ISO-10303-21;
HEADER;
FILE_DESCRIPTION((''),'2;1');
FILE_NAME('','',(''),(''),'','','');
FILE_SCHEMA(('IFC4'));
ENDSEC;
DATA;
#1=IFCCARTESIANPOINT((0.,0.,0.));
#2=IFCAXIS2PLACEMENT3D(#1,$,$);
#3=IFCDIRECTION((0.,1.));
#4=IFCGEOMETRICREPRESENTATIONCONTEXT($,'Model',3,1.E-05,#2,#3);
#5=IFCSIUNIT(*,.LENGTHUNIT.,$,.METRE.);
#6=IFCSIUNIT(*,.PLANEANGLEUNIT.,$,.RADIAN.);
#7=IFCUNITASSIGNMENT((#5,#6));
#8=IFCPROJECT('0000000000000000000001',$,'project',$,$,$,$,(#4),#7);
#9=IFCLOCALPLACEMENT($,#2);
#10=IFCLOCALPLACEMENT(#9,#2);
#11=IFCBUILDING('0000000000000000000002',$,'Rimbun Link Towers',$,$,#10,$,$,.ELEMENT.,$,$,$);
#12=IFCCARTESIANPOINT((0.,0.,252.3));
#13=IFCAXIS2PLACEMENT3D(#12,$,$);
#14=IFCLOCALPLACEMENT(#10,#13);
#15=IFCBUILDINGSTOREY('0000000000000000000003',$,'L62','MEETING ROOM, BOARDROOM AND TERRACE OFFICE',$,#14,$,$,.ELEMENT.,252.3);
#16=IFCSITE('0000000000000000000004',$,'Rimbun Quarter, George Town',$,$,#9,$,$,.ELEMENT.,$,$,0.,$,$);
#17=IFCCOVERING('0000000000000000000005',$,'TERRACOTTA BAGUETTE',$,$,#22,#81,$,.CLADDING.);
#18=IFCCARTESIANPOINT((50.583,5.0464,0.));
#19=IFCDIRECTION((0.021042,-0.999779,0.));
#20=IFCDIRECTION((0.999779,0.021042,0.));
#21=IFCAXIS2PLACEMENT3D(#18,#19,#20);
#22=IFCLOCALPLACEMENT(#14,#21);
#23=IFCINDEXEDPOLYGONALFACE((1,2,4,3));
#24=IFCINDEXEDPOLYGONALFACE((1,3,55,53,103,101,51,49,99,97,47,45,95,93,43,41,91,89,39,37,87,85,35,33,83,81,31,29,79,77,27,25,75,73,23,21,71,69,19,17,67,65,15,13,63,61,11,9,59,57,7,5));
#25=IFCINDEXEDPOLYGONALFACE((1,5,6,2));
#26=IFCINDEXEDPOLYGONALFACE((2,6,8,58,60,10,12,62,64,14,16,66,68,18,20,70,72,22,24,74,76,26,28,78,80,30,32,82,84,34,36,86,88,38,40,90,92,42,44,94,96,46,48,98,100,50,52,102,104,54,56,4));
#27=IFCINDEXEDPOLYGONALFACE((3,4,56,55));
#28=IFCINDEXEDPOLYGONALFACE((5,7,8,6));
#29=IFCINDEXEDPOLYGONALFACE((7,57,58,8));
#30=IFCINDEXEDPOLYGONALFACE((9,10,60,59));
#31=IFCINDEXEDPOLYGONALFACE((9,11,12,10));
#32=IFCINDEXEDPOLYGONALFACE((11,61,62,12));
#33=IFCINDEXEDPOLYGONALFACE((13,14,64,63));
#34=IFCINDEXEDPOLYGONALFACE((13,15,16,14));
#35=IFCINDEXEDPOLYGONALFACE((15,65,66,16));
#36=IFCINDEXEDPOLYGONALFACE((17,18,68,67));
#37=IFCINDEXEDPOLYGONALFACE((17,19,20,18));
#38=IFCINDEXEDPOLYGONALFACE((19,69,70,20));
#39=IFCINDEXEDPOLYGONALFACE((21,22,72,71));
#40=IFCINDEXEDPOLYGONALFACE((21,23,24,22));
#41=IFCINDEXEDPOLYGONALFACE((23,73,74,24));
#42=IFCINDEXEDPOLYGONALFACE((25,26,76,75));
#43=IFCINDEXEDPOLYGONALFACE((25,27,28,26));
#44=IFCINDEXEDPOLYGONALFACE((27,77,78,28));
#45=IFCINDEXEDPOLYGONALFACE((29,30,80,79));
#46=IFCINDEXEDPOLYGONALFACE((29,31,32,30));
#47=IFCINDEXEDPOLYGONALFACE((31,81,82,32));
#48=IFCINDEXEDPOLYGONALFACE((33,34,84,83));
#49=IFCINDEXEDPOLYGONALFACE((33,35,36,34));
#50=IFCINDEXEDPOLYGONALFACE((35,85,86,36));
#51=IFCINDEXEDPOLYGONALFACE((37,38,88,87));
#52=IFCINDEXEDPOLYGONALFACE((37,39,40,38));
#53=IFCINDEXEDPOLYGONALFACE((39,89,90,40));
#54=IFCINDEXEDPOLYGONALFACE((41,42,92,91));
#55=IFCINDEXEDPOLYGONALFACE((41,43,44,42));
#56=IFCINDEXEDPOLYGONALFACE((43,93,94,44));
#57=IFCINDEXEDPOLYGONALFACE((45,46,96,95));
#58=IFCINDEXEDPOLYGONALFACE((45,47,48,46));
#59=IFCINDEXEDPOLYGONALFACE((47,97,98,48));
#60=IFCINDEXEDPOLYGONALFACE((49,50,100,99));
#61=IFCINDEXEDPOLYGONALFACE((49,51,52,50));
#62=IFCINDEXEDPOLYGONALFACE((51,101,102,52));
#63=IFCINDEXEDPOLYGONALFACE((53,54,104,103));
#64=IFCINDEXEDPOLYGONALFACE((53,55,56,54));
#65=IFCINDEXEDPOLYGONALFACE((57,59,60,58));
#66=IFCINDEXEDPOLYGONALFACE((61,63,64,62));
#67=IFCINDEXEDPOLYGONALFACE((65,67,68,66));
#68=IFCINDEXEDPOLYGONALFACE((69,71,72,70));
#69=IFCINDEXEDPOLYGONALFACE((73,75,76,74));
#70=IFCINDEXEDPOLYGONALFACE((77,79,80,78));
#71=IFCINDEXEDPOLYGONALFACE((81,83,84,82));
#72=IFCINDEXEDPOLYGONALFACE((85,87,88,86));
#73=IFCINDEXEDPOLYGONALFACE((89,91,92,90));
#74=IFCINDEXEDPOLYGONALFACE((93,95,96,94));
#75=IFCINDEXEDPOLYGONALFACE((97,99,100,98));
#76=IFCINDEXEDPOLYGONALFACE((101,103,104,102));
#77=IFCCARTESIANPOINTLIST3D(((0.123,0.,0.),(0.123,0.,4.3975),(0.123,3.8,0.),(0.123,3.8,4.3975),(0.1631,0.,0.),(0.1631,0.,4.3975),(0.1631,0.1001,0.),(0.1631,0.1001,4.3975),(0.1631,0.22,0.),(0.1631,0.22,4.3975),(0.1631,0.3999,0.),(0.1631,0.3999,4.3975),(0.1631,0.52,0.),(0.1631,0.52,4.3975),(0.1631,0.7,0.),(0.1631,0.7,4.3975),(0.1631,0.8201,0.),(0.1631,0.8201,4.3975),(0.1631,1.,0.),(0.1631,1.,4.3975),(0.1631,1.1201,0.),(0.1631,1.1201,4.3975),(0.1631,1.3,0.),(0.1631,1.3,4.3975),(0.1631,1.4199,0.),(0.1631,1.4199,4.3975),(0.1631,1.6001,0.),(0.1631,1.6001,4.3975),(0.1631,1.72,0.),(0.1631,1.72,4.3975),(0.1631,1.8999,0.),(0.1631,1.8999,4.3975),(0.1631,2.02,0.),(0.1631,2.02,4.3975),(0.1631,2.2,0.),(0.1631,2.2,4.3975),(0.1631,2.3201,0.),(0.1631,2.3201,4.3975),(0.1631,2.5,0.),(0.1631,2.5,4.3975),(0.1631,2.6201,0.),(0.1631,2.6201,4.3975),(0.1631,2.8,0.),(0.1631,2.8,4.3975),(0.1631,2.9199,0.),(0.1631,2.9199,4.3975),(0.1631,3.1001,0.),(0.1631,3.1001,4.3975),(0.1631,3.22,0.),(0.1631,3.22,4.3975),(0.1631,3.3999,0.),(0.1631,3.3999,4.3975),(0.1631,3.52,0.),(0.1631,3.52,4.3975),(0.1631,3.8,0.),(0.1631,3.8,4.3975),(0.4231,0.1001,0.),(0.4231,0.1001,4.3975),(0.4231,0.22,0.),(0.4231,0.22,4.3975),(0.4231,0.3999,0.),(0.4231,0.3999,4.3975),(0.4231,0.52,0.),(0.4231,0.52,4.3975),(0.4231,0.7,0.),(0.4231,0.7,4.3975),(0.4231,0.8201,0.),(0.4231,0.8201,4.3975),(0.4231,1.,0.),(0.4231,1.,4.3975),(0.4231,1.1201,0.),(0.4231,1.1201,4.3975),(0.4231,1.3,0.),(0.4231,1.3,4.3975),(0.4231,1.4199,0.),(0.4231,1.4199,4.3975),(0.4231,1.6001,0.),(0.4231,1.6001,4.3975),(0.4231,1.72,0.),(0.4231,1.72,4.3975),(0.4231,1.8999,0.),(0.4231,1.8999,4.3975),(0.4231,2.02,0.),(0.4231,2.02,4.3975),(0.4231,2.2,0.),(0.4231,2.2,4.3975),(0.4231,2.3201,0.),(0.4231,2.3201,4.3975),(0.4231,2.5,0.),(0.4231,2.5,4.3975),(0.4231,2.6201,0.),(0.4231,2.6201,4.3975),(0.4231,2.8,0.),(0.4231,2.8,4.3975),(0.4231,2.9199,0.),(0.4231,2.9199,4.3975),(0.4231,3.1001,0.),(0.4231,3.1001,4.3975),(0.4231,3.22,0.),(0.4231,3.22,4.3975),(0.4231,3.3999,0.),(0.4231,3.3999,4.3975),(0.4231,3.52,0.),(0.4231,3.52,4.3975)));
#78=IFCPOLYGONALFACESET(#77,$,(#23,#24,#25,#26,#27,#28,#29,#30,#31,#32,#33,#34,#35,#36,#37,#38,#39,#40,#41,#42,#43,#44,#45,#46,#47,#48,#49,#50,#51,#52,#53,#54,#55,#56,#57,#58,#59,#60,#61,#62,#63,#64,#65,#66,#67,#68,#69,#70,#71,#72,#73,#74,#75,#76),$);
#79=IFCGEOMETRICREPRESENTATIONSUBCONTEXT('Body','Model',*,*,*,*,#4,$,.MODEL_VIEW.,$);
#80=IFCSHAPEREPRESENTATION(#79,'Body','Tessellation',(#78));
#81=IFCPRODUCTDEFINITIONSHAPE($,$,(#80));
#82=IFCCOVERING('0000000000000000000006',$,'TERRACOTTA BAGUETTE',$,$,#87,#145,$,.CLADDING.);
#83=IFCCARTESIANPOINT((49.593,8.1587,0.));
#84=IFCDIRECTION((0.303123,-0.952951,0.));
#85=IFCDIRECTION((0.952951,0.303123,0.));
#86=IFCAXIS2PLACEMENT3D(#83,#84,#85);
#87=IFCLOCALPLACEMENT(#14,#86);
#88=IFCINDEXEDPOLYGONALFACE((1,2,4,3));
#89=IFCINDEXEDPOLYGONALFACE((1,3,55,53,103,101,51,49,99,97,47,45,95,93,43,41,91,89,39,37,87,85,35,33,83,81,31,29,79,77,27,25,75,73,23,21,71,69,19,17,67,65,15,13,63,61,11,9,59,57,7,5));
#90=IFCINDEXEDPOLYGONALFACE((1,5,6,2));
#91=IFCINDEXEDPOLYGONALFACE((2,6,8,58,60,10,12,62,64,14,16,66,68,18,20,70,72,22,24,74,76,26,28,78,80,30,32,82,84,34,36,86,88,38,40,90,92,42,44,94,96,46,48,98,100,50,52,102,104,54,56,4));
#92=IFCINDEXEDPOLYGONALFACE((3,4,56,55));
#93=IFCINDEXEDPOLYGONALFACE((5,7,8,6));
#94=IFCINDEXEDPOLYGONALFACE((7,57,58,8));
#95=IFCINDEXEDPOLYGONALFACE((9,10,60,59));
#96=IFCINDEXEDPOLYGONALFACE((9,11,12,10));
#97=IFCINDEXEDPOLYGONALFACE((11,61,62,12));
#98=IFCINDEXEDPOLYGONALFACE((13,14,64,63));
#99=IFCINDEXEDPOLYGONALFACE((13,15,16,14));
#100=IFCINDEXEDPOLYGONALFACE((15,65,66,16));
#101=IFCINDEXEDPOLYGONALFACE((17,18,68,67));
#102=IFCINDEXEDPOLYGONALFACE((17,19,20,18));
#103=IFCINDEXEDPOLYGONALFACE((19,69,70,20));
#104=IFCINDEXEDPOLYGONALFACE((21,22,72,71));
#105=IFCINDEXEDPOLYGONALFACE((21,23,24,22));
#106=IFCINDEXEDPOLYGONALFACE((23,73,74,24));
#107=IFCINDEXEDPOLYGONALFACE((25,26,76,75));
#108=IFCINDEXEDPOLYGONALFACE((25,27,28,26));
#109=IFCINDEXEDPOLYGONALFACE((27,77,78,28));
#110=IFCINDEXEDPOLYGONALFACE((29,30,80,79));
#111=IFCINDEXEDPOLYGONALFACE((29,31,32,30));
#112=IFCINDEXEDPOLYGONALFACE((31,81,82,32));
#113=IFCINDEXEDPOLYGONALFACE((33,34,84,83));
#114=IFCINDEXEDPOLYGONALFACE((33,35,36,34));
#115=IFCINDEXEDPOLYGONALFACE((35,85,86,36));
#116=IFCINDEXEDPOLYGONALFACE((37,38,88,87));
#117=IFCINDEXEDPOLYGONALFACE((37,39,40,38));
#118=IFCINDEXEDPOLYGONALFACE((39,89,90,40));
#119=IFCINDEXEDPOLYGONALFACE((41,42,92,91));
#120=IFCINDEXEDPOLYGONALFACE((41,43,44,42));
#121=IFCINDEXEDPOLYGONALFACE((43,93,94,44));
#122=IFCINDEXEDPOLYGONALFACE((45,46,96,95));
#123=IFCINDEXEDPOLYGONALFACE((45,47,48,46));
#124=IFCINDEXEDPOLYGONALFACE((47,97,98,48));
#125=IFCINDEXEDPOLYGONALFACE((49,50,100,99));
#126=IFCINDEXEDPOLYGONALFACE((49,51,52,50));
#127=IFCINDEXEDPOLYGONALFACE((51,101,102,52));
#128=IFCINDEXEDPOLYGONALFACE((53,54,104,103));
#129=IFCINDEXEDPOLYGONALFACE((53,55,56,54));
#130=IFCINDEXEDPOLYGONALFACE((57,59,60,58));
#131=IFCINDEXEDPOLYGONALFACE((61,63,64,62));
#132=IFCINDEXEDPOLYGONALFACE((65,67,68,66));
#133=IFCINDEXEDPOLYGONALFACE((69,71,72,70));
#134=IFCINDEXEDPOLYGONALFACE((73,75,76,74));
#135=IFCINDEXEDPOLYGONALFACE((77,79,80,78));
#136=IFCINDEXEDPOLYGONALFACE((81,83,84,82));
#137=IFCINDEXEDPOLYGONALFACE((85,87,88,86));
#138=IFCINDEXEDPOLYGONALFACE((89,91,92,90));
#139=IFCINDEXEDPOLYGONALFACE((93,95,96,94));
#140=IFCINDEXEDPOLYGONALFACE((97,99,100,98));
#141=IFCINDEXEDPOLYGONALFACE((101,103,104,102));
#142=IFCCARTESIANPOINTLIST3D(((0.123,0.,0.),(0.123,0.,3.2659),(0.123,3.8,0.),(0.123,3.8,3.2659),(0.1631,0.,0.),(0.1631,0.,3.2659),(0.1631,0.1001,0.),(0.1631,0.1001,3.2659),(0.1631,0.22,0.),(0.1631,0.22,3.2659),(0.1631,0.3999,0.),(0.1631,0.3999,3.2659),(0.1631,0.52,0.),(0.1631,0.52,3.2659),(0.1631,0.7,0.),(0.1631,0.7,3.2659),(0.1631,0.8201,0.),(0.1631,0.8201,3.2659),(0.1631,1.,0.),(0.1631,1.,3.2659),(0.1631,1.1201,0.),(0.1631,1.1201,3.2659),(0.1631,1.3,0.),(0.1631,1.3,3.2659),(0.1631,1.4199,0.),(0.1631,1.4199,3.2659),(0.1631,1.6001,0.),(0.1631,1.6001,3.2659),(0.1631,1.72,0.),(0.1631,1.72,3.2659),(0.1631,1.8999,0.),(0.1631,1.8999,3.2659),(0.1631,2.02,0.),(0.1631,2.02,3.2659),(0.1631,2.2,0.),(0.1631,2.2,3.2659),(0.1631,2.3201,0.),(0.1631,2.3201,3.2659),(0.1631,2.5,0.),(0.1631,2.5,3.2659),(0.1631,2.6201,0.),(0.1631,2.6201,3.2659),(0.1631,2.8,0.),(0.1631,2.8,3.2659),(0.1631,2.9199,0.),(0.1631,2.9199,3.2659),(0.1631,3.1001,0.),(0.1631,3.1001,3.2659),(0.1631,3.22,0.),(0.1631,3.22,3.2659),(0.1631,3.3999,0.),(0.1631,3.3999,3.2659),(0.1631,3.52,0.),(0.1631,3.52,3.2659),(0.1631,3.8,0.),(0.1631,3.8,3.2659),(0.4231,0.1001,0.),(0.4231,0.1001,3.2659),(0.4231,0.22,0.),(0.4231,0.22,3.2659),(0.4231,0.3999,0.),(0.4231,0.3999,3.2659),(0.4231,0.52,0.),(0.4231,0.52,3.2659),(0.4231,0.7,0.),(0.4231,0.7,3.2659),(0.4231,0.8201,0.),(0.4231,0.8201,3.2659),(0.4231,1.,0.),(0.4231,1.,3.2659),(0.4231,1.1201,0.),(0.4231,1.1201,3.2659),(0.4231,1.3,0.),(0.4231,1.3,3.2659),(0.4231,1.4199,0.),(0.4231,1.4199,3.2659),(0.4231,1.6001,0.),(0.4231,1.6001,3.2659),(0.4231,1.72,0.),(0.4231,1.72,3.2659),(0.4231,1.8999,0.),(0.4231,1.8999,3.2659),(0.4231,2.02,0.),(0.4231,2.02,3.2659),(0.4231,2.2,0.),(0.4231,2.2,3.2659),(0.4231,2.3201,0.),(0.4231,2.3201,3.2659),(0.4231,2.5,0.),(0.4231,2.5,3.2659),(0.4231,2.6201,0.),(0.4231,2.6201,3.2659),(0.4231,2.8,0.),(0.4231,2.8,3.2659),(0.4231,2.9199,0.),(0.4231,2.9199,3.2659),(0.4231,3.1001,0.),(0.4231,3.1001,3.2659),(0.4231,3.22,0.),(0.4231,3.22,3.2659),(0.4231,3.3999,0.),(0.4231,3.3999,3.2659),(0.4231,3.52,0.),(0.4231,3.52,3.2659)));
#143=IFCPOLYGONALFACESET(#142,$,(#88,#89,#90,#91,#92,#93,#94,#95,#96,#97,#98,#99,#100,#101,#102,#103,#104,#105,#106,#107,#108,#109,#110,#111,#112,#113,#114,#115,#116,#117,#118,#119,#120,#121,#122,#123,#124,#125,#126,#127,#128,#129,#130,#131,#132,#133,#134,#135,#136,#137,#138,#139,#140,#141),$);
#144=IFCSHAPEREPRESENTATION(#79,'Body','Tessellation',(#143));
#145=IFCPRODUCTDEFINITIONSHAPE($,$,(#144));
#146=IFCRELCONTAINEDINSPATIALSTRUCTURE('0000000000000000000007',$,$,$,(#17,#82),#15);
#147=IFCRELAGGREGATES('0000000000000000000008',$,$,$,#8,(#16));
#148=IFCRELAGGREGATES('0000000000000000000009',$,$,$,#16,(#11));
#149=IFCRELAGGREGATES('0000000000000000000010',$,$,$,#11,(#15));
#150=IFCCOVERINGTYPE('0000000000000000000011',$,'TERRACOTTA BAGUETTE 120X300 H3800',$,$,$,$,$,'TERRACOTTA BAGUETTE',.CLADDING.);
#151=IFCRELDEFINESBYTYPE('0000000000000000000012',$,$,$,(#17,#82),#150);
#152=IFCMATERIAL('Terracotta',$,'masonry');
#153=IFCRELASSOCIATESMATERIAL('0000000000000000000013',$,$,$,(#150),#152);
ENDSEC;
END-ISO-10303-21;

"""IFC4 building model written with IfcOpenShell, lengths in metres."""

from ifc_helpers import new_model, si_unit, direction, frame, origin, place, context, subcontext, project, spatial, polyline, outline, extrude, material, material_profile, profile_set, type_object, element, save


model = new_model("IFC4")

# Units and contexts
model_context = context("Model", 3, precision=1e-05, world=origin(), true_north=direction((0.0, 1.0)))
body_context = subcontext(model_context, "Body", "Model", "MODEL_VIEW")
ifc_project = project(units=[si_unit("LENGTHUNIT", "METRE"), si_unit("PLANEANGLEUNIT", "RADIAN")], contexts=[model_context])

# Site, building, storey
site_placement = place(None, origin())
site = spatial("IfcSite", under=ifc_project, at=site_placement, Name="Rimbun Quarter, George Town", CompositionType="ELEMENT", RefElevation=0.0)
building_placement = place(site_placement, origin())
building = spatial("IfcBuilding", under=site, at=building_placement, Name="Rimbun Link Towers", CompositionType="ELEMENT")
storey_placement = place(building_placement, frame((0.0, 0.0, 252.3)))
storey = spatial("IfcBuildingStorey", under=building, at=storey_placement, Name="L62", Description="MEETING ROOM, BOARDROOM AND TERRACE OFFICE", CompositionType="ELEMENT", Elevation=252.3)

# Coverings
ifc_material_1 = material(Name="Terracotta", Category="masonry")
ifc_material_profile_1 = material_profile(ifc_material_1, outline(polyline([(0.123, 0.0), (0.1631, 0.0), (0.1631, 0.1001), (0.4231, 0.1001), (0.4231, 0.22), (0.1631, 0.22), (0.1631, 0.3999), (0.4231, 0.3999), (0.4231, 0.52), (0.1631, 0.52), (0.1631, 0.7), (0.4231, 0.7), (0.4231, 0.8201), (0.1631, 0.8201), (0.1631, 1.0), (0.4231, 1.0), (0.4231, 1.1201), (0.1631, 1.1201), (0.1631, 1.3), (0.4231, 1.3), (0.4231, 1.4199), (0.1631, 1.4199), (0.1631, 1.6001), (0.4231, 1.6001), (0.4231, 1.72), (0.1631, 1.72), (0.1631, 1.8999), (0.4231, 1.8999), (0.4231, 2.02), (0.1631, 2.02), (0.1631, 2.2), (0.4231, 2.2), (0.4231, 2.3201), (0.1631, 2.3201), (0.1631, 2.5), (0.4231, 2.5), (0.4231, 2.6201), (0.1631, 2.6201), (0.1631, 2.8), (0.4231, 2.8), (0.4231, 2.9199), (0.1631, 2.9199), (0.1631, 3.1001), (0.4231, 3.1001), (0.4231, 3.22), (0.1631, 3.22), (0.1631, 3.3999), (0.4231, 3.3999), (0.4231, 3.52), (0.1631, 3.52), (0.1631, 3.8), (0.123, 3.8), (0.123, 0.0)])), Name="BAGUETTE 120X300")
ifc_profile_set_1 = profile_set([ifc_material_profile_1], Name="Terracotta")
covering_type = type_object("IfcCoveringType", Name="TERRACOTTA BAGUETTE 120X300 H3800", ElementType="TERRACOTTA BAGUETTE", PredefinedType="CLADDING", material=ifc_profile_set_1)
covering_1_placement = place(storey_placement, frame((50.583, 5.0464, 0.0), z_axis=(0.021042, -0.999779, 0.0), x_axis=(0.999779, 0.021042, 0.0)))
element("IfcCovering", 1, at=covering_1_placement, inside=storey, type_object=covering_type, Name="TERRACOTTA BAGUETTE", PredefinedType="CLADDING", context=body_context, shape_type="SweptSolid", body=[
    extrude(outline(polyline([(0.123, 0.0), (0.1631, 0.0), (0.1631, 0.1001), (0.4231, 0.1001), (0.4231, 0.22), (0.1631, 0.22), (0.1631, 0.3999), (0.4231, 0.3999), (0.4231, 0.52), (0.1631, 0.52), (0.1631, 0.7), (0.4231, 0.7), (0.4231, 0.8201), (0.1631, 0.8201), (0.1631, 1.0), (0.4231, 1.0), (0.4231, 1.1201), (0.1631, 1.1201), (0.1631, 1.3), (0.4231, 1.3), (0.4231, 1.4199), (0.1631, 1.4199), (0.1631, 1.6001), (0.4231, 1.6001), (0.4231, 1.72), (0.1631, 1.72), (0.1631, 1.8999), (0.4231, 1.8999), (0.4231, 2.02), (0.1631, 2.02), (0.1631, 2.2), (0.4231, 2.2), (0.4231, 2.3201), (0.1631, 2.3201), (0.1631, 2.5), (0.4231, 2.5), (0.4231, 2.6201), (0.1631, 2.6201), (0.1631, 2.8), (0.4231, 2.8), (0.4231, 2.9199), (0.1631, 2.9199), (0.1631, 3.1001), (0.4231, 3.1001), (0.4231, 3.22), (0.1631, 3.22), (0.1631, 3.3999), (0.4231, 3.3999), (0.4231, 3.52), (0.1631, 3.52), (0.1631, 3.8), (0.123, 3.8), (0.123, 0.0)])), origin(), (0.0, 0.0, 1.0), 4.3975),
])
covering_2_placement = place(storey_placement, frame((49.593, 8.1587, 0.0), z_axis=(0.303123, -0.952951, 0.0), x_axis=(0.952951, 0.303123, 0.0)))
element("IfcCovering", 2, at=covering_2_placement, inside=storey, type_object=covering_type, Name="TERRACOTTA BAGUETTE", PredefinedType="CLADDING", context=body_context, shape_type="SweptSolid", body=[
    extrude(outline(polyline([(0.123, 0.0), (0.1631, 0.0), (0.1631, 0.1001), (0.4231, 0.1001), (0.4231, 0.22), (0.1631, 0.22), (0.1631, 0.3999), (0.4231, 0.3999), (0.4231, 0.52), (0.1631, 0.52), (0.1631, 0.7), (0.4231, 0.7), (0.4231, 0.8201), (0.1631, 0.8201), (0.1631, 1.0), (0.4231, 1.0), (0.4231, 1.1201), (0.1631, 1.1201), (0.1631, 1.3), (0.4231, 1.3), (0.4231, 1.4199), (0.1631, 1.4199), (0.1631, 1.6001), (0.4231, 1.6001), (0.4231, 1.72), (0.1631, 1.72), (0.1631, 1.8999), (0.4231, 1.8999), (0.4231, 2.02), (0.1631, 2.02), (0.1631, 2.2), (0.4231, 2.2), (0.4231, 2.3201), (0.1631, 2.3201), (0.1631, 2.5), (0.4231, 2.5), (0.4231, 2.6201), (0.1631, 2.6201), (0.1631, 2.8), (0.4231, 2.8), (0.4231, 2.9199), (0.1631, 2.9199), (0.1631, 3.1001), (0.4231, 3.1001), (0.4231, 3.22), (0.1631, 3.22), (0.1631, 3.3999), (0.4231, 3.3999), (0.4231, 3.52), (0.1631, 3.52), (0.1631, 3.8), (0.123, 3.8), (0.123, 0.0)])), origin(), (0.0, 0.0, 1.0), 3.2659),
])

save(model, "model.ifc")
